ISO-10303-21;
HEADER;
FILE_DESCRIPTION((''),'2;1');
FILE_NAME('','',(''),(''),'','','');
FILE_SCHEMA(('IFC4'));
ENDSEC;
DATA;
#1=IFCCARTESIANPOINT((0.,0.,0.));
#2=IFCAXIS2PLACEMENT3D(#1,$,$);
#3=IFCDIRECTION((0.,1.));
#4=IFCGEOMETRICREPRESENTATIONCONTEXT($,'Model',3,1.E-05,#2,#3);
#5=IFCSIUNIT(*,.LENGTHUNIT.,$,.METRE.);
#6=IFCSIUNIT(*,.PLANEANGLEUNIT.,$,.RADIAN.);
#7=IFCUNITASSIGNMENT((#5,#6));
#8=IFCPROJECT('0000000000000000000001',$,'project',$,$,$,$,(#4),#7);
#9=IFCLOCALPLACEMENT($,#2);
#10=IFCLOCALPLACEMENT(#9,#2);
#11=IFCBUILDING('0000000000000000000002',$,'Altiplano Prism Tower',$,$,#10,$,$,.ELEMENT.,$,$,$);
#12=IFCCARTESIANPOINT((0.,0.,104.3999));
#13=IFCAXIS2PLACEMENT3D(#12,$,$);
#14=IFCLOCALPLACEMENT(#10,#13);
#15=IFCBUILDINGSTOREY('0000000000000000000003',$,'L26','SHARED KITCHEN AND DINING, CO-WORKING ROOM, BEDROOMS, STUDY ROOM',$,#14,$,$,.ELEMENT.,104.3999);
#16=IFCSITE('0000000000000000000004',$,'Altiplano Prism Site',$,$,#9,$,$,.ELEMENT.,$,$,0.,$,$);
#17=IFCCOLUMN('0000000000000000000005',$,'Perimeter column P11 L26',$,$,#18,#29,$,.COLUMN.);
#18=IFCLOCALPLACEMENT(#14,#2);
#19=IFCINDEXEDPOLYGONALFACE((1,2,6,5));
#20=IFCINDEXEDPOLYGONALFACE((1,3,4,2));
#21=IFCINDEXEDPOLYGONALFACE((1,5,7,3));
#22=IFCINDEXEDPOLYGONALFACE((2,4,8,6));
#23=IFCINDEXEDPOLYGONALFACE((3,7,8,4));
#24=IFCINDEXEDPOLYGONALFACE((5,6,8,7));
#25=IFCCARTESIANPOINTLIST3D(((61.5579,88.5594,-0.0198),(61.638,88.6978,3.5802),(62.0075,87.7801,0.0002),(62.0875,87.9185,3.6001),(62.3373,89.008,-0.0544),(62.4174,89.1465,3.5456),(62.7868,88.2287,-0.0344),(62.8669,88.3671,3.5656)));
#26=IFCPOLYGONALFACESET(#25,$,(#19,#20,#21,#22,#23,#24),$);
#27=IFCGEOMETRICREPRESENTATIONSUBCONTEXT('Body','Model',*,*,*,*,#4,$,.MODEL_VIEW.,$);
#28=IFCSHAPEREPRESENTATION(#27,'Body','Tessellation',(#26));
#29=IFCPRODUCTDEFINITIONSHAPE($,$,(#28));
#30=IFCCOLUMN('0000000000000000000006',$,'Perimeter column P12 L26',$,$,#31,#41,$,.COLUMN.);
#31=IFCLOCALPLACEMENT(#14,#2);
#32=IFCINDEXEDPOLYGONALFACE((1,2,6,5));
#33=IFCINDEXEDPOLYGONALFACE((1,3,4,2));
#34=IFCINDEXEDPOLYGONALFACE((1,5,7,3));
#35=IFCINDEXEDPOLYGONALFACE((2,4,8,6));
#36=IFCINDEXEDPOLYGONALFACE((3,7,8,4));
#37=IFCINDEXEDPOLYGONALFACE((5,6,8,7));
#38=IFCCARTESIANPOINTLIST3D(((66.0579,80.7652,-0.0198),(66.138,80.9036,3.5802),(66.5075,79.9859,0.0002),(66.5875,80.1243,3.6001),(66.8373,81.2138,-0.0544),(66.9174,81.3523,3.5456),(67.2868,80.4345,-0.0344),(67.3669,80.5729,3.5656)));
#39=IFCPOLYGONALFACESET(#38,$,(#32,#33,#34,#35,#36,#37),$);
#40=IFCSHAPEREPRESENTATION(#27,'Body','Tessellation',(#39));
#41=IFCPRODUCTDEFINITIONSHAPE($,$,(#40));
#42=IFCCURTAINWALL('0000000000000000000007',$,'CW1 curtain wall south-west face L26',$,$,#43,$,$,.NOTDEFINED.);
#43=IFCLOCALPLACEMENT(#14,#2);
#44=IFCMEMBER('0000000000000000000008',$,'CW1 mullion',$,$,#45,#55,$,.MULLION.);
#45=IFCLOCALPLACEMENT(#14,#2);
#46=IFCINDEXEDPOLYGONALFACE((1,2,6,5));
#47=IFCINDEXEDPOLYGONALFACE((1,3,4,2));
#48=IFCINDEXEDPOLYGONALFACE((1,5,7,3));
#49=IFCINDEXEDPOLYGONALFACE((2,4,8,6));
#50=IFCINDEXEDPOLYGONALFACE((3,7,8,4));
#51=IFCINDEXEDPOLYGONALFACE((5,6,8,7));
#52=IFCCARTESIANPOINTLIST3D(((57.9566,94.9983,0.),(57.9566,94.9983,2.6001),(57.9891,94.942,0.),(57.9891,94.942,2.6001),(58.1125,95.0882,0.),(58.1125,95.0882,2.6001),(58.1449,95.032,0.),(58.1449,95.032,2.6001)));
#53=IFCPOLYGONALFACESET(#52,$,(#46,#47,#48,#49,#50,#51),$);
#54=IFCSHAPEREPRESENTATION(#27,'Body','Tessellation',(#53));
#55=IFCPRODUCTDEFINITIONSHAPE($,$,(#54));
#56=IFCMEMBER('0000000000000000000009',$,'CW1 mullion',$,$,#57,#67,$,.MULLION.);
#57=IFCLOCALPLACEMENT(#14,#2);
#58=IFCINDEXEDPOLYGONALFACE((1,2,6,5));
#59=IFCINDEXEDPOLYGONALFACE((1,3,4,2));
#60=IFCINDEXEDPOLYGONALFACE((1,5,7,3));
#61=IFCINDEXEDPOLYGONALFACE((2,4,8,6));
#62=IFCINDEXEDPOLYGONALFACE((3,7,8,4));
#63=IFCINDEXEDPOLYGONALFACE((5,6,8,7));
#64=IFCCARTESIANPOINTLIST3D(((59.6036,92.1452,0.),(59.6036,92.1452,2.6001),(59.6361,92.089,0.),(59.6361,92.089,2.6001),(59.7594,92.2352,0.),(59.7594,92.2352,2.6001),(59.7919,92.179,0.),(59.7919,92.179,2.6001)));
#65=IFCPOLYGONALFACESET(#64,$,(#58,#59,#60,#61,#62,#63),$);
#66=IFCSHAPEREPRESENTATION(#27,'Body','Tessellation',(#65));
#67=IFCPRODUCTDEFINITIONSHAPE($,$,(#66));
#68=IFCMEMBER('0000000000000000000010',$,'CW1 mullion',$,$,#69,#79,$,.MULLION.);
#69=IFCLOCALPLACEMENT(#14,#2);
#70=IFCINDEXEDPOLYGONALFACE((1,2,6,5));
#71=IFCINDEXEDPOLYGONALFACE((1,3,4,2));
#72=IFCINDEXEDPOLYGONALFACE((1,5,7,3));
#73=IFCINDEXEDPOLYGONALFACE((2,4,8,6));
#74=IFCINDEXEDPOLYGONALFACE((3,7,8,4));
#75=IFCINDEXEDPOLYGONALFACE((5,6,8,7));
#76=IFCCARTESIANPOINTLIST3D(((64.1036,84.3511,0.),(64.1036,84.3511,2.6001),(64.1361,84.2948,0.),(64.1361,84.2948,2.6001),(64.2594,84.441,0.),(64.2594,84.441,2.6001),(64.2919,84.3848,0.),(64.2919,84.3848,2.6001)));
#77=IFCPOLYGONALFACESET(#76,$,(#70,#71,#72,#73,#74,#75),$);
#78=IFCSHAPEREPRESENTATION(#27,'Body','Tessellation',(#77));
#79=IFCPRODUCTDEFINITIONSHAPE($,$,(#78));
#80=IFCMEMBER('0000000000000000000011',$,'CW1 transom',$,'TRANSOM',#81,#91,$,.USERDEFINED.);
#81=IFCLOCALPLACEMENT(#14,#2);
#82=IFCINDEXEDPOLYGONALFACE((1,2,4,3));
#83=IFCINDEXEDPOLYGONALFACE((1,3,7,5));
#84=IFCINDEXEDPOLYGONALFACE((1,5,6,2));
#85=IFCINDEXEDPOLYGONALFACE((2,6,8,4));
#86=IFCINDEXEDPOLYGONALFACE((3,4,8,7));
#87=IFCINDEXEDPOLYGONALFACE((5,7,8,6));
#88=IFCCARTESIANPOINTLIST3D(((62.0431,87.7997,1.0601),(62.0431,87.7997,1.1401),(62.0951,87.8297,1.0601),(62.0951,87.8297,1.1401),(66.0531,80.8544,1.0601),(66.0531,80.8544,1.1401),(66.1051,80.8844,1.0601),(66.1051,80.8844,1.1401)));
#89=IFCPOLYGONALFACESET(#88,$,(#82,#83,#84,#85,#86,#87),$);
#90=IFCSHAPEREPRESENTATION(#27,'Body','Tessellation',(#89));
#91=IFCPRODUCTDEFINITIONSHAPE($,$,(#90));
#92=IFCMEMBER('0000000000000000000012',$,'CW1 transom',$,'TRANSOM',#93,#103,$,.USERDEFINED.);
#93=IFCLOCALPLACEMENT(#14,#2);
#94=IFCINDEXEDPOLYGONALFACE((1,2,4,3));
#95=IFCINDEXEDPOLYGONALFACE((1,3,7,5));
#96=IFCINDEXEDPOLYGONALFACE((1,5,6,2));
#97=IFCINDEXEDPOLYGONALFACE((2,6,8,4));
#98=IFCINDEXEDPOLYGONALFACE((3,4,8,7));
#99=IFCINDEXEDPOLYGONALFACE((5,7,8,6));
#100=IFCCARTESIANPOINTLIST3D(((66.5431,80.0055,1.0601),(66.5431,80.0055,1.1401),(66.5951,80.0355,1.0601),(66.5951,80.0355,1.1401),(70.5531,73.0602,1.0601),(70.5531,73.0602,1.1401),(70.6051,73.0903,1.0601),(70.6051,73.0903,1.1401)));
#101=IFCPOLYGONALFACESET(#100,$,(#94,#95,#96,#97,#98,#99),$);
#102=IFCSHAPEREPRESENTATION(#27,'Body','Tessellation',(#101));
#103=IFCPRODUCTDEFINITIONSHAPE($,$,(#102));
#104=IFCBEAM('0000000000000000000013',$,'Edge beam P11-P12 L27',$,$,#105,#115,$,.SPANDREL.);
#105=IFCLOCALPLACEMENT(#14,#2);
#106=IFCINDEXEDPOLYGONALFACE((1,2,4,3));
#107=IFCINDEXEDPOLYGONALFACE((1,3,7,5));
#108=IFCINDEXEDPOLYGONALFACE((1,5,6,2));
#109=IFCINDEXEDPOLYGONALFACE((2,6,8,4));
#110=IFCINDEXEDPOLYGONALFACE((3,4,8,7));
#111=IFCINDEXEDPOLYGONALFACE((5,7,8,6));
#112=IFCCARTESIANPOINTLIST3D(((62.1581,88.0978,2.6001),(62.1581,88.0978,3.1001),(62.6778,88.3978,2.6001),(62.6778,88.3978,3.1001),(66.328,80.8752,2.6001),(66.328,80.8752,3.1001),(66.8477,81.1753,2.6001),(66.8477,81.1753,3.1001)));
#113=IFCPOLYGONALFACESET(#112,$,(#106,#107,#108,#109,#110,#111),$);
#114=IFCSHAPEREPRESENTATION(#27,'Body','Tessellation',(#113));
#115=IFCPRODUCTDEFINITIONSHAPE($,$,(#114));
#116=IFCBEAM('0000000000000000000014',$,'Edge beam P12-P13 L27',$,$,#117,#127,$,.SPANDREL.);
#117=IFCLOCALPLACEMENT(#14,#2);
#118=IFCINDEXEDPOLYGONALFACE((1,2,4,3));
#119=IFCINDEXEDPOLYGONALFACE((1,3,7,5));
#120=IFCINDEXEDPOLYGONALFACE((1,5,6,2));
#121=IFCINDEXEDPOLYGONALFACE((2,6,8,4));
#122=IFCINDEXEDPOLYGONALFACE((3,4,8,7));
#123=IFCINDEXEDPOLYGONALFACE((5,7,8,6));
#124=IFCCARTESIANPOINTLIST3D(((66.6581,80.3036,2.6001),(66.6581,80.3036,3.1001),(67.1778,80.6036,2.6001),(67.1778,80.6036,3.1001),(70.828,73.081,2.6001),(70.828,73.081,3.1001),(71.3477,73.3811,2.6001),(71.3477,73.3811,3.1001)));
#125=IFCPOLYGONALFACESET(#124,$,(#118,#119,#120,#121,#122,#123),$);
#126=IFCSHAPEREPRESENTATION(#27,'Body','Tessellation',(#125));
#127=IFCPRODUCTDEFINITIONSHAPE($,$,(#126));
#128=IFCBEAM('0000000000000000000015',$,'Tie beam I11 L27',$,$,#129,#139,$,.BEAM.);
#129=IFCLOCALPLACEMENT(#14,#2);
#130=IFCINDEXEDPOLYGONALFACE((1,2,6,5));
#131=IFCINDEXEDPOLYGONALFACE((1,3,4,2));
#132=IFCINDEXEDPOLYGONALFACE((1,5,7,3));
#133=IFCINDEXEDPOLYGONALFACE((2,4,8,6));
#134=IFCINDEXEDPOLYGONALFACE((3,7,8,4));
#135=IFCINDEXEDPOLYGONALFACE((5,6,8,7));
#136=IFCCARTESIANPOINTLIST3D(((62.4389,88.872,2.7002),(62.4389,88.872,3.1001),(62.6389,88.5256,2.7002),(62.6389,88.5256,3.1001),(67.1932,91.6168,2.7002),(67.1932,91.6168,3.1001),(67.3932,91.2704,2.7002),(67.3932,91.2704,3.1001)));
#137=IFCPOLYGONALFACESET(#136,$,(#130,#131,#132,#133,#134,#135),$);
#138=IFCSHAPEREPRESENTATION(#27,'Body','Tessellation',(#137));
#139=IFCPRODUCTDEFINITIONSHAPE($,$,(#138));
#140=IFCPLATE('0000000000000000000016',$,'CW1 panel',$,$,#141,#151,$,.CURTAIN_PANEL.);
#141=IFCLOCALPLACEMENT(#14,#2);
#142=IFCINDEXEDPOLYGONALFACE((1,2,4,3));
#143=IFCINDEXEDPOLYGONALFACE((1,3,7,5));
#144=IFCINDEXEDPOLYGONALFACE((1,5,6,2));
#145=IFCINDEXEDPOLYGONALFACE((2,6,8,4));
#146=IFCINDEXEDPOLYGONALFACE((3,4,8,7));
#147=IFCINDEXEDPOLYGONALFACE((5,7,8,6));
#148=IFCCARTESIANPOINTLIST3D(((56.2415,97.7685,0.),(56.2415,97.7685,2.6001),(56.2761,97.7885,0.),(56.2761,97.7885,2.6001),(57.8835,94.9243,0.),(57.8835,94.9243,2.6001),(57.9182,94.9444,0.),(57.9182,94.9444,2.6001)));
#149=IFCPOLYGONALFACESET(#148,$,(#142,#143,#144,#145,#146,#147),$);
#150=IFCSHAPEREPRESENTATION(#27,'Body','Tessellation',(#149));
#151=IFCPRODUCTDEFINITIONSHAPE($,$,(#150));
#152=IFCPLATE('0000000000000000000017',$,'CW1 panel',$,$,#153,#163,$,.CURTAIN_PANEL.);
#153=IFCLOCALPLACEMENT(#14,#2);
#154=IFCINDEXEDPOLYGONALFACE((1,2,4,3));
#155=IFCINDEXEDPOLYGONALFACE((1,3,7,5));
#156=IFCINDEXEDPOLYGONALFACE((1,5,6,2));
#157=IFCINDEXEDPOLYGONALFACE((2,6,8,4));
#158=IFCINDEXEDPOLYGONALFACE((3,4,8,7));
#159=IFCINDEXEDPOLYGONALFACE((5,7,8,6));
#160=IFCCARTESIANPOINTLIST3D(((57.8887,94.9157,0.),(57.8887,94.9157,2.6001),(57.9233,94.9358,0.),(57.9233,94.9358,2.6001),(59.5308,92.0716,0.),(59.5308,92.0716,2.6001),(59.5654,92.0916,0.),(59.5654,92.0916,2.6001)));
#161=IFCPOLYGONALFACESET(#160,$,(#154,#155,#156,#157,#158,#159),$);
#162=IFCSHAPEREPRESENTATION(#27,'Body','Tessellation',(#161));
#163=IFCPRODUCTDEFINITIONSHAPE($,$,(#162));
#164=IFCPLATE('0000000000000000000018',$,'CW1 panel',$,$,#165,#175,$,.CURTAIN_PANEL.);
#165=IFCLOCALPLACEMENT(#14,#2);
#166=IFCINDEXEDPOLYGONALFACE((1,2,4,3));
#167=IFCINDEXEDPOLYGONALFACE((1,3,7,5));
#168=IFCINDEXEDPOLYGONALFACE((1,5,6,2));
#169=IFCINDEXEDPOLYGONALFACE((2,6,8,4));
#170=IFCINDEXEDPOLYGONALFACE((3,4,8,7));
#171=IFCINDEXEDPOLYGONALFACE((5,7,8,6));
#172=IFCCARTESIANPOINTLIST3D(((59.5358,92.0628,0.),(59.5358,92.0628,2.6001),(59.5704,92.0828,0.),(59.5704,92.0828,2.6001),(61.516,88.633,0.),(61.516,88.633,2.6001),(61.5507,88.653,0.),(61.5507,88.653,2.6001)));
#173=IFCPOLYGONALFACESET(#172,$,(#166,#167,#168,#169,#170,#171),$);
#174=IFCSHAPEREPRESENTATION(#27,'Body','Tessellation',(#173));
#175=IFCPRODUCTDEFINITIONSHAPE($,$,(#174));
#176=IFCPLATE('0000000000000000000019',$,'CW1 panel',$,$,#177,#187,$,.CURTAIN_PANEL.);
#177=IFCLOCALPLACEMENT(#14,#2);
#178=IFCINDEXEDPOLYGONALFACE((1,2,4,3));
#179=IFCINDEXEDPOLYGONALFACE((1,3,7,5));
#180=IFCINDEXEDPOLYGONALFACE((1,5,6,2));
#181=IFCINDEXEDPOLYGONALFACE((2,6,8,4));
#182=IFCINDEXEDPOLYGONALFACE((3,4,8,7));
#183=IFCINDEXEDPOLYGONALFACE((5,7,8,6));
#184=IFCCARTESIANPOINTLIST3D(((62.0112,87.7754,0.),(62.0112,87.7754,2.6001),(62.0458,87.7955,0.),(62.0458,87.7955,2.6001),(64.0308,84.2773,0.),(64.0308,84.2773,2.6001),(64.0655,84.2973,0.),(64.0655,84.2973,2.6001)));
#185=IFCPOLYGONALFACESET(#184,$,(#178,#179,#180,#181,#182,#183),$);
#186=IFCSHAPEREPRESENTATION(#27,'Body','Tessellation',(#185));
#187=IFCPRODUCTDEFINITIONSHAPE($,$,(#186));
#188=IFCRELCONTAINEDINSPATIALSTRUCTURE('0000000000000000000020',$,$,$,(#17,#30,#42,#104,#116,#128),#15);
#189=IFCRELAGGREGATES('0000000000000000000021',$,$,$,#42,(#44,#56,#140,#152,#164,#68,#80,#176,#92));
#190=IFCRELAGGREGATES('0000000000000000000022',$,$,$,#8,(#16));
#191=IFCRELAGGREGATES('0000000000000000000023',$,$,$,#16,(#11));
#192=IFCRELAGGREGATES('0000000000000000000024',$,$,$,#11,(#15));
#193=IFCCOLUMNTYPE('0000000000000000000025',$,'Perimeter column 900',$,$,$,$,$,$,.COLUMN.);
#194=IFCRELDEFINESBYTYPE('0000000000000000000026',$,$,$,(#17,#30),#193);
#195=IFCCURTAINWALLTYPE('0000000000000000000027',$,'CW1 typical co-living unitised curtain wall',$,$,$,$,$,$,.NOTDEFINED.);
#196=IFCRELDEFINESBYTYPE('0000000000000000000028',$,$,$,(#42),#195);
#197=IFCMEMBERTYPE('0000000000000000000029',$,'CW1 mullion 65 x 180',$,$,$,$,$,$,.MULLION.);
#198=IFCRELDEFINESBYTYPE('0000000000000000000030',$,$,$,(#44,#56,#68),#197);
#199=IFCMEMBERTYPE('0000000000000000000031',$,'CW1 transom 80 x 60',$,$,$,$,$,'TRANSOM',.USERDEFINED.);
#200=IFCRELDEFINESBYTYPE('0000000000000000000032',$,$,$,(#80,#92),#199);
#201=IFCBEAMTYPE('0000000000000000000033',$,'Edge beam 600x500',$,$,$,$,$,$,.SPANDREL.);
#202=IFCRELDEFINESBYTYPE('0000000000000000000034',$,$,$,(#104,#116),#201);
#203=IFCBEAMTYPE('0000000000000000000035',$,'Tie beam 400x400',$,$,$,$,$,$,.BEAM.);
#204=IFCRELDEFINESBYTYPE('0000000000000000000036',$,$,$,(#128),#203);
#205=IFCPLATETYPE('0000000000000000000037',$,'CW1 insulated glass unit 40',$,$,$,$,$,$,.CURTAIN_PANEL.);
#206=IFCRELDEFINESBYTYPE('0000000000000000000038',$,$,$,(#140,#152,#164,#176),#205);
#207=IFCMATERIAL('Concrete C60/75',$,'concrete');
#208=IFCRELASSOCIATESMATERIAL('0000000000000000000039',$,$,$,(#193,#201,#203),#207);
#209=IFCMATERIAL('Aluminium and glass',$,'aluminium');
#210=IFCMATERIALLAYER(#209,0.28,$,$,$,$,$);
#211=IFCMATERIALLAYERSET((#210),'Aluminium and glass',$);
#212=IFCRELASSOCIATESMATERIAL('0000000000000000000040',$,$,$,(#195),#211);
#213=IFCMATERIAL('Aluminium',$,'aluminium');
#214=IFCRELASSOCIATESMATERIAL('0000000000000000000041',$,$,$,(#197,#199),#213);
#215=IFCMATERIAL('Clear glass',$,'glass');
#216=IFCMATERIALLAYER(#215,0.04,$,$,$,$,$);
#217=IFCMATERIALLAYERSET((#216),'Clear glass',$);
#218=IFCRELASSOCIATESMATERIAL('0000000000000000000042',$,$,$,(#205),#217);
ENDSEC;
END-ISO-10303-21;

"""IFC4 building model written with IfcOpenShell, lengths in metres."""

from ifc_helpers import new_model, si_unit, direction, frame, origin, origin_2d, place, context, subcontext, project, spatial, rectangle, extrude, material, layer, layer_set, material_profile, profile_set, type_object, element, aggregate, save


model = new_model("IFC4")

# Units and contexts
model_context = context("Model", 3, precision=1e-05, world=origin(), true_north=direction((0.0, 1.0)))
body_context = subcontext(model_context, "Body", "Model", "MODEL_VIEW")
ifc_project = project(units=[si_unit("LENGTHUNIT", "METRE"), si_unit("PLANEANGLEUNIT", "RADIAN")], contexts=[model_context])

# Site, building, storey
site_placement = place(None, origin())
site = spatial("IfcSite", under=ifc_project, at=site_placement, Name="Altiplano Prism Site", CompositionType="ELEMENT", RefElevation=0.0)
building_placement = place(site_placement, origin())
building = spatial("IfcBuilding", under=site, at=building_placement, Name="Altiplano Prism Tower", CompositionType="ELEMENT")
storey_placement = place(building_placement, frame((0.0, 0.0, 104.3999)))
storey = spatial("IfcBuildingStorey", under=building, at=storey_placement, Name="L26", Description="SHARED KITCHEN AND DINING, CO-WORKING ROOM, BEDROOMS, STUDY ROOM", CompositionType="ELEMENT", Elevation=104.3999)

# Columns
ifc_material_1 = material(Name="Concrete C60/75", Category="concrete")
ifc_material_profile_1 = material_profile(ifc_material_1, rectangle(XDim=0.8999, YDim=0.8999, at=origin_2d()), Name="Perimeter column 900")
ifc_profile_set_1 = profile_set([ifc_material_profile_1], Name="Concrete C60/75")
column_type = type_object("IfcColumnType", Name="Perimeter column 900", PredefinedType="COLUMN", material=ifc_profile_set_1)
for number, where, z_axis, x_axis, name in (
    (1, (62.1724, 88.394, -0.0271), (0.022223, 0.038416, 0.999015), (-0.866019, -0.498532, 0.038435), "Perimeter column P11 L26"),
    (2, (66.6724, 80.5999, -0.0271), (0.022223, 0.038416, 0.999015), (-0.866019, -0.498532, 0.038435), "Perimeter column P12 L26"),
):
    element("IfcColumn", number, at=place(storey_placement, frame(where, z_axis=z_axis, x_axis=x_axis)), inside=storey, type_object=column_type, Name=name, PredefinedType="COLUMN", context=body_context, shape_type="SweptSolid", body=[
        extrude(rectangle(XDim=0.8999, YDim=0.8999, at=origin_2d()), origin(), (0.0, 0.0, 1.0), 3.6035),
    ])

# Curtain wall, members
ifc_material_2 = material(Name="Aluminium and glass", Category="aluminium")
ifc_layer_1 = layer(ifc_material_2, 0.28)
ifc_layer_set_1 = layer_set([ifc_layer_1], Name="Aluminium and glass")
curtain_wall_type = type_object("IfcCurtainWallType", Name="CW1 typical co-living unitised curtain wall", PredefinedType="NOTDEFINED", material=ifc_layer_set_1)
curtain_wall_placement = place(storey_placement, origin())
curtain_wall = element("IfcCurtainWall", 3, at=curtain_wall_placement, inside=storey, type_object=curtain_wall_type, Name="CW1 curtain wall south-west face L26", PredefinedType="NOTDEFINED")
ifc_material_3 = material(Name="Aluminium", Category="aluminium")
ifc_material_profile_2 = material_profile(ifc_material_3, rectangle(XDim=0.1799, YDim=0.0649, at=origin_2d()), Name="CW1 mullion 65 x 180")
ifc_profile_set_2 = profile_set([ifc_material_profile_2], Name="Aluminium")
member_type_1 = type_object("IfcMemberType", Name="CW1 mullion 65 x 180", PredefinedType="MULLION", material=ifc_profile_set_2)
member_1_placement = place(storey_placement, frame((58.0508, 95.0151, 0.0), z_axis=(0.0, 0.0, 1.0), x_axis=(0.866025, 0.5, 0.0)))
member_1 = element("IfcMember", 4, at=member_1_placement, type_object=member_type_1, Name="CW1 mullion", PredefinedType="MULLION", context=body_context, shape_type="SweptSolid", body=[
    extrude(rectangle(XDim=0.1799, YDim=0.0649, at=origin_2d()), origin(), (0.0, 0.0, 1.0), 2.6001),
])
member_2_placement = place(storey_placement, frame((59.6978, 92.1621, 0.0), z_axis=(0.0, 0.0, 1.0), x_axis=(0.866025, 0.5, 0.0)))
member_2 = element("IfcMember", 5, at=member_2_placement, type_object=member_type_1, Name="CW1 mullion", PredefinedType="MULLION", context=body_context, shape_type="SweptSolid", body=[
    extrude(rectangle(XDim=0.1799, YDim=0.0649, at=origin_2d()), origin(), (0.0, 0.0, 1.0), 2.6001),
])
member_3_placement = place(storey_placement, frame((64.1978, 84.3679, 0.0), z_axis=(0.0, 0.0, 1.0), x_axis=(0.866025, 0.5, 0.0)))
member_3 = element("IfcMember", 6, at=member_3_placement, type_object=member_type_1, Name="CW1 mullion", PredefinedType="MULLION", context=body_context, shape_type="SweptSolid", body=[
    extrude(rectangle(XDim=0.1799, YDim=0.0649, at=origin_2d()), origin(), (0.0, 0.0, 1.0), 2.6001),
])
ifc_material_profile_3 = material_profile(ifc_material_3, rectangle(XDim=0.0601, YDim=0.0801, at=origin_2d()), Name="CW1 transom 80 x 60")
ifc_profile_set_3 = profile_set([ifc_material_profile_3], Name="Aluminium")
member_type_2 = type_object("IfcMemberType", Name="CW1 transom 80 x 60", ElementType="TRANSOM", PredefinedType="USERDEFINED", material=ifc_profile_set_3)
member_4_placement = place(storey_placement, frame((62.0691, 87.8147, 1.1001), z_axis=(0.500012, -0.866018, 0.0), x_axis=(0.866018, 0.500012, 0.0)))
member_4 = element("IfcMember", 7, at=member_4_placement, type_object=member_type_2, Name="CW1 transom", ObjectType="TRANSOM", PredefinedType="USERDEFINED", context=body_context, shape_type="SweptSolid", body=[
    extrude(rectangle(XDim=0.0601, YDim=0.0801, at=origin_2d()), origin(), (0.0, 0.0, 1.0), 8.0198),
])
member_5_placement = place(storey_placement, frame((66.5691, 80.0205, 1.1001), z_axis=(0.500012, -0.866018, 0.0), x_axis=(0.866018, 0.500012, 0.0)))
member_5 = element("IfcMember", 8, at=member_5_placement, type_object=member_type_2, Name="CW1 transom", ObjectType="TRANSOM", PredefinedType="USERDEFINED", context=body_context, shape_type="SweptSolid", body=[
    extrude(rectangle(XDim=0.0601, YDim=0.0801, at=origin_2d()), origin(), (0.0, 0.0, 1.0), 8.0198),
])

# Beams
ifc_material_profile_4 = material_profile(ifc_material_1, rectangle(XDim=0.6001, YDim=0.5, at=origin_2d()), Name="Edge beam 600x500")
ifc_profile_set_4 = profile_set([ifc_material_profile_4], Name="Concrete C60/75")
beam_type_1 = type_object("IfcBeamType", Name="Edge beam 600x500", PredefinedType="SPANDREL", material=ifc_profile_set_4)
for number, where, z_axis, x_axis, name in (
    (9, (62.418, 88.2478, 2.8501), (0.499993, -0.86603, 0.0), (0.86603, 0.499993, 0.0), "Edge beam P11-P12 L27"),
    (10, (66.918, 80.4536, 2.8501), (0.499993, -0.86603, 0.0), (0.86603, 0.499993, 0.0), "Edge beam P12-P13 L27"),
):
    element("IfcBeam", number, at=place(storey_placement, frame(where, z_axis=z_axis, x_axis=x_axis)), inside=storey, type_object=beam_type_1, Name=name, PredefinedType="SPANDREL", context=body_context, shape_type="SweptSolid", body=[
        extrude(rectangle(XDim=0.6001, YDim=0.5, at=origin_2d()), origin(), (0.0, 0.0, 1.0), 8.3398),
    ])
ifc_material_profile_5 = material_profile(ifc_material_1, rectangle(XDim=0.3999, YDim=0.3999, at=origin_2d()), Name="Tie beam 400x400")
ifc_profile_set_5 = profile_set([ifc_material_profile_5], Name="Concrete C60/75")
beam_type_2 = type_object("IfcBeamType", Name="Tie beam 400x400", PredefinedType="BEAM", material=ifc_profile_set_5)
beam_placement = place(storey_placement, frame((67.2932, 91.4436, 2.9001), z_axis=(-0.866032, -0.499989, 0.0), x_axis=(0.499989, -0.866032, 0.0)))
element("IfcBeam", 11, at=beam_placement, inside=storey, type_object=beam_type_2, Name="Tie beam I11 L27", PredefinedType="BEAM", context=body_context, shape_type="SweptSolid", body=[
    extrude(rectangle(XDim=0.3999, YDim=0.3999, at=origin_2d()), origin(), (0.0, 0.0, 1.0), 5.4897),
])

# Plates
ifc_material_4 = material(Name="Clear glass", Category="glass")
ifc_layer_2 = layer(ifc_material_4, 0.04)
ifc_layer_set_2 = layer_set([ifc_layer_2], Name="Clear glass")
plate_type = type_object("IfcPlateType", Name="CW1 insulated glass unit 40", PredefinedType="CURTAIN_PANEL", material=ifc_layer_set_2)
plate_1_placement = place(storey_placement, frame((57.0798, 96.3564, 0.0), z_axis=(0.0, 0.0, 1.0), x_axis=(0.5, -0.866025, 0.0)))
plate_1 = element("IfcPlate", 12, at=plate_1_placement, type_object=plate_type, Name="CW1 panel", PredefinedType="CURTAIN_PANEL", context=body_context, shape_type="SweptSolid", body=[
    extrude(rectangle(XDim=3.2842, YDim=0.04, at=origin_2d()), origin(), (0.0, 0.0, 1.0), 2.6001),
])
plate_2_placement = place(storey_placement, frame((58.7271, 93.5037, 0.0), z_axis=(0.0, 0.0, 1.0), x_axis=(0.5, -0.866025, 0.0)))
plate_2 = element("IfcPlate", 13, at=plate_2_placement, type_object=plate_type, Name="CW1 panel", PredefinedType="CURTAIN_PANEL", context=body_context, shape_type="SweptSolid", body=[
    extrude(rectangle(XDim=3.2842, YDim=0.04, at=origin_2d()), origin(), (0.0, 0.0, 1.0), 2.6001),
])
plate_3_placement = place(storey_placement, frame((60.5432, 90.3579, 0.0), z_axis=(0.0, 0.0, 1.0), x_axis=(0.5, -0.866025, 0.0)))
plate_3 = element("IfcPlate", 14, at=plate_3_placement, type_object=plate_type, Name="CW1 panel", PredefinedType="CURTAIN_PANEL", context=body_context, shape_type="SweptSolid", body=[
    extrude(rectangle(XDim=3.9604, YDim=0.04, at=origin_2d()), origin(), (0.0, 0.0, 1.0), 2.6001),
])
plate_4_placement = place(storey_placement, frame((63.0383, 86.0364, 0.0), z_axis=(0.0, 0.0, 1.0), x_axis=(0.5, -0.866025, 0.0)))
plate_4 = element("IfcPlate", 15, at=plate_4_placement, type_object=plate_type, Name="CW1 panel", PredefinedType="CURTAIN_PANEL", context=body_context, shape_type="SweptSolid", body=[
    extrude(rectangle(XDim=4.0393, YDim=0.04, at=origin_2d()), origin(), (0.0, 0.0, 1.0), 2.6001),
])
aggregate(curtain_wall, [member_1, member_2, plate_1, plate_2, plate_3, member_3, member_4, plate_4, member_5])

save(model, "model.ifc")
